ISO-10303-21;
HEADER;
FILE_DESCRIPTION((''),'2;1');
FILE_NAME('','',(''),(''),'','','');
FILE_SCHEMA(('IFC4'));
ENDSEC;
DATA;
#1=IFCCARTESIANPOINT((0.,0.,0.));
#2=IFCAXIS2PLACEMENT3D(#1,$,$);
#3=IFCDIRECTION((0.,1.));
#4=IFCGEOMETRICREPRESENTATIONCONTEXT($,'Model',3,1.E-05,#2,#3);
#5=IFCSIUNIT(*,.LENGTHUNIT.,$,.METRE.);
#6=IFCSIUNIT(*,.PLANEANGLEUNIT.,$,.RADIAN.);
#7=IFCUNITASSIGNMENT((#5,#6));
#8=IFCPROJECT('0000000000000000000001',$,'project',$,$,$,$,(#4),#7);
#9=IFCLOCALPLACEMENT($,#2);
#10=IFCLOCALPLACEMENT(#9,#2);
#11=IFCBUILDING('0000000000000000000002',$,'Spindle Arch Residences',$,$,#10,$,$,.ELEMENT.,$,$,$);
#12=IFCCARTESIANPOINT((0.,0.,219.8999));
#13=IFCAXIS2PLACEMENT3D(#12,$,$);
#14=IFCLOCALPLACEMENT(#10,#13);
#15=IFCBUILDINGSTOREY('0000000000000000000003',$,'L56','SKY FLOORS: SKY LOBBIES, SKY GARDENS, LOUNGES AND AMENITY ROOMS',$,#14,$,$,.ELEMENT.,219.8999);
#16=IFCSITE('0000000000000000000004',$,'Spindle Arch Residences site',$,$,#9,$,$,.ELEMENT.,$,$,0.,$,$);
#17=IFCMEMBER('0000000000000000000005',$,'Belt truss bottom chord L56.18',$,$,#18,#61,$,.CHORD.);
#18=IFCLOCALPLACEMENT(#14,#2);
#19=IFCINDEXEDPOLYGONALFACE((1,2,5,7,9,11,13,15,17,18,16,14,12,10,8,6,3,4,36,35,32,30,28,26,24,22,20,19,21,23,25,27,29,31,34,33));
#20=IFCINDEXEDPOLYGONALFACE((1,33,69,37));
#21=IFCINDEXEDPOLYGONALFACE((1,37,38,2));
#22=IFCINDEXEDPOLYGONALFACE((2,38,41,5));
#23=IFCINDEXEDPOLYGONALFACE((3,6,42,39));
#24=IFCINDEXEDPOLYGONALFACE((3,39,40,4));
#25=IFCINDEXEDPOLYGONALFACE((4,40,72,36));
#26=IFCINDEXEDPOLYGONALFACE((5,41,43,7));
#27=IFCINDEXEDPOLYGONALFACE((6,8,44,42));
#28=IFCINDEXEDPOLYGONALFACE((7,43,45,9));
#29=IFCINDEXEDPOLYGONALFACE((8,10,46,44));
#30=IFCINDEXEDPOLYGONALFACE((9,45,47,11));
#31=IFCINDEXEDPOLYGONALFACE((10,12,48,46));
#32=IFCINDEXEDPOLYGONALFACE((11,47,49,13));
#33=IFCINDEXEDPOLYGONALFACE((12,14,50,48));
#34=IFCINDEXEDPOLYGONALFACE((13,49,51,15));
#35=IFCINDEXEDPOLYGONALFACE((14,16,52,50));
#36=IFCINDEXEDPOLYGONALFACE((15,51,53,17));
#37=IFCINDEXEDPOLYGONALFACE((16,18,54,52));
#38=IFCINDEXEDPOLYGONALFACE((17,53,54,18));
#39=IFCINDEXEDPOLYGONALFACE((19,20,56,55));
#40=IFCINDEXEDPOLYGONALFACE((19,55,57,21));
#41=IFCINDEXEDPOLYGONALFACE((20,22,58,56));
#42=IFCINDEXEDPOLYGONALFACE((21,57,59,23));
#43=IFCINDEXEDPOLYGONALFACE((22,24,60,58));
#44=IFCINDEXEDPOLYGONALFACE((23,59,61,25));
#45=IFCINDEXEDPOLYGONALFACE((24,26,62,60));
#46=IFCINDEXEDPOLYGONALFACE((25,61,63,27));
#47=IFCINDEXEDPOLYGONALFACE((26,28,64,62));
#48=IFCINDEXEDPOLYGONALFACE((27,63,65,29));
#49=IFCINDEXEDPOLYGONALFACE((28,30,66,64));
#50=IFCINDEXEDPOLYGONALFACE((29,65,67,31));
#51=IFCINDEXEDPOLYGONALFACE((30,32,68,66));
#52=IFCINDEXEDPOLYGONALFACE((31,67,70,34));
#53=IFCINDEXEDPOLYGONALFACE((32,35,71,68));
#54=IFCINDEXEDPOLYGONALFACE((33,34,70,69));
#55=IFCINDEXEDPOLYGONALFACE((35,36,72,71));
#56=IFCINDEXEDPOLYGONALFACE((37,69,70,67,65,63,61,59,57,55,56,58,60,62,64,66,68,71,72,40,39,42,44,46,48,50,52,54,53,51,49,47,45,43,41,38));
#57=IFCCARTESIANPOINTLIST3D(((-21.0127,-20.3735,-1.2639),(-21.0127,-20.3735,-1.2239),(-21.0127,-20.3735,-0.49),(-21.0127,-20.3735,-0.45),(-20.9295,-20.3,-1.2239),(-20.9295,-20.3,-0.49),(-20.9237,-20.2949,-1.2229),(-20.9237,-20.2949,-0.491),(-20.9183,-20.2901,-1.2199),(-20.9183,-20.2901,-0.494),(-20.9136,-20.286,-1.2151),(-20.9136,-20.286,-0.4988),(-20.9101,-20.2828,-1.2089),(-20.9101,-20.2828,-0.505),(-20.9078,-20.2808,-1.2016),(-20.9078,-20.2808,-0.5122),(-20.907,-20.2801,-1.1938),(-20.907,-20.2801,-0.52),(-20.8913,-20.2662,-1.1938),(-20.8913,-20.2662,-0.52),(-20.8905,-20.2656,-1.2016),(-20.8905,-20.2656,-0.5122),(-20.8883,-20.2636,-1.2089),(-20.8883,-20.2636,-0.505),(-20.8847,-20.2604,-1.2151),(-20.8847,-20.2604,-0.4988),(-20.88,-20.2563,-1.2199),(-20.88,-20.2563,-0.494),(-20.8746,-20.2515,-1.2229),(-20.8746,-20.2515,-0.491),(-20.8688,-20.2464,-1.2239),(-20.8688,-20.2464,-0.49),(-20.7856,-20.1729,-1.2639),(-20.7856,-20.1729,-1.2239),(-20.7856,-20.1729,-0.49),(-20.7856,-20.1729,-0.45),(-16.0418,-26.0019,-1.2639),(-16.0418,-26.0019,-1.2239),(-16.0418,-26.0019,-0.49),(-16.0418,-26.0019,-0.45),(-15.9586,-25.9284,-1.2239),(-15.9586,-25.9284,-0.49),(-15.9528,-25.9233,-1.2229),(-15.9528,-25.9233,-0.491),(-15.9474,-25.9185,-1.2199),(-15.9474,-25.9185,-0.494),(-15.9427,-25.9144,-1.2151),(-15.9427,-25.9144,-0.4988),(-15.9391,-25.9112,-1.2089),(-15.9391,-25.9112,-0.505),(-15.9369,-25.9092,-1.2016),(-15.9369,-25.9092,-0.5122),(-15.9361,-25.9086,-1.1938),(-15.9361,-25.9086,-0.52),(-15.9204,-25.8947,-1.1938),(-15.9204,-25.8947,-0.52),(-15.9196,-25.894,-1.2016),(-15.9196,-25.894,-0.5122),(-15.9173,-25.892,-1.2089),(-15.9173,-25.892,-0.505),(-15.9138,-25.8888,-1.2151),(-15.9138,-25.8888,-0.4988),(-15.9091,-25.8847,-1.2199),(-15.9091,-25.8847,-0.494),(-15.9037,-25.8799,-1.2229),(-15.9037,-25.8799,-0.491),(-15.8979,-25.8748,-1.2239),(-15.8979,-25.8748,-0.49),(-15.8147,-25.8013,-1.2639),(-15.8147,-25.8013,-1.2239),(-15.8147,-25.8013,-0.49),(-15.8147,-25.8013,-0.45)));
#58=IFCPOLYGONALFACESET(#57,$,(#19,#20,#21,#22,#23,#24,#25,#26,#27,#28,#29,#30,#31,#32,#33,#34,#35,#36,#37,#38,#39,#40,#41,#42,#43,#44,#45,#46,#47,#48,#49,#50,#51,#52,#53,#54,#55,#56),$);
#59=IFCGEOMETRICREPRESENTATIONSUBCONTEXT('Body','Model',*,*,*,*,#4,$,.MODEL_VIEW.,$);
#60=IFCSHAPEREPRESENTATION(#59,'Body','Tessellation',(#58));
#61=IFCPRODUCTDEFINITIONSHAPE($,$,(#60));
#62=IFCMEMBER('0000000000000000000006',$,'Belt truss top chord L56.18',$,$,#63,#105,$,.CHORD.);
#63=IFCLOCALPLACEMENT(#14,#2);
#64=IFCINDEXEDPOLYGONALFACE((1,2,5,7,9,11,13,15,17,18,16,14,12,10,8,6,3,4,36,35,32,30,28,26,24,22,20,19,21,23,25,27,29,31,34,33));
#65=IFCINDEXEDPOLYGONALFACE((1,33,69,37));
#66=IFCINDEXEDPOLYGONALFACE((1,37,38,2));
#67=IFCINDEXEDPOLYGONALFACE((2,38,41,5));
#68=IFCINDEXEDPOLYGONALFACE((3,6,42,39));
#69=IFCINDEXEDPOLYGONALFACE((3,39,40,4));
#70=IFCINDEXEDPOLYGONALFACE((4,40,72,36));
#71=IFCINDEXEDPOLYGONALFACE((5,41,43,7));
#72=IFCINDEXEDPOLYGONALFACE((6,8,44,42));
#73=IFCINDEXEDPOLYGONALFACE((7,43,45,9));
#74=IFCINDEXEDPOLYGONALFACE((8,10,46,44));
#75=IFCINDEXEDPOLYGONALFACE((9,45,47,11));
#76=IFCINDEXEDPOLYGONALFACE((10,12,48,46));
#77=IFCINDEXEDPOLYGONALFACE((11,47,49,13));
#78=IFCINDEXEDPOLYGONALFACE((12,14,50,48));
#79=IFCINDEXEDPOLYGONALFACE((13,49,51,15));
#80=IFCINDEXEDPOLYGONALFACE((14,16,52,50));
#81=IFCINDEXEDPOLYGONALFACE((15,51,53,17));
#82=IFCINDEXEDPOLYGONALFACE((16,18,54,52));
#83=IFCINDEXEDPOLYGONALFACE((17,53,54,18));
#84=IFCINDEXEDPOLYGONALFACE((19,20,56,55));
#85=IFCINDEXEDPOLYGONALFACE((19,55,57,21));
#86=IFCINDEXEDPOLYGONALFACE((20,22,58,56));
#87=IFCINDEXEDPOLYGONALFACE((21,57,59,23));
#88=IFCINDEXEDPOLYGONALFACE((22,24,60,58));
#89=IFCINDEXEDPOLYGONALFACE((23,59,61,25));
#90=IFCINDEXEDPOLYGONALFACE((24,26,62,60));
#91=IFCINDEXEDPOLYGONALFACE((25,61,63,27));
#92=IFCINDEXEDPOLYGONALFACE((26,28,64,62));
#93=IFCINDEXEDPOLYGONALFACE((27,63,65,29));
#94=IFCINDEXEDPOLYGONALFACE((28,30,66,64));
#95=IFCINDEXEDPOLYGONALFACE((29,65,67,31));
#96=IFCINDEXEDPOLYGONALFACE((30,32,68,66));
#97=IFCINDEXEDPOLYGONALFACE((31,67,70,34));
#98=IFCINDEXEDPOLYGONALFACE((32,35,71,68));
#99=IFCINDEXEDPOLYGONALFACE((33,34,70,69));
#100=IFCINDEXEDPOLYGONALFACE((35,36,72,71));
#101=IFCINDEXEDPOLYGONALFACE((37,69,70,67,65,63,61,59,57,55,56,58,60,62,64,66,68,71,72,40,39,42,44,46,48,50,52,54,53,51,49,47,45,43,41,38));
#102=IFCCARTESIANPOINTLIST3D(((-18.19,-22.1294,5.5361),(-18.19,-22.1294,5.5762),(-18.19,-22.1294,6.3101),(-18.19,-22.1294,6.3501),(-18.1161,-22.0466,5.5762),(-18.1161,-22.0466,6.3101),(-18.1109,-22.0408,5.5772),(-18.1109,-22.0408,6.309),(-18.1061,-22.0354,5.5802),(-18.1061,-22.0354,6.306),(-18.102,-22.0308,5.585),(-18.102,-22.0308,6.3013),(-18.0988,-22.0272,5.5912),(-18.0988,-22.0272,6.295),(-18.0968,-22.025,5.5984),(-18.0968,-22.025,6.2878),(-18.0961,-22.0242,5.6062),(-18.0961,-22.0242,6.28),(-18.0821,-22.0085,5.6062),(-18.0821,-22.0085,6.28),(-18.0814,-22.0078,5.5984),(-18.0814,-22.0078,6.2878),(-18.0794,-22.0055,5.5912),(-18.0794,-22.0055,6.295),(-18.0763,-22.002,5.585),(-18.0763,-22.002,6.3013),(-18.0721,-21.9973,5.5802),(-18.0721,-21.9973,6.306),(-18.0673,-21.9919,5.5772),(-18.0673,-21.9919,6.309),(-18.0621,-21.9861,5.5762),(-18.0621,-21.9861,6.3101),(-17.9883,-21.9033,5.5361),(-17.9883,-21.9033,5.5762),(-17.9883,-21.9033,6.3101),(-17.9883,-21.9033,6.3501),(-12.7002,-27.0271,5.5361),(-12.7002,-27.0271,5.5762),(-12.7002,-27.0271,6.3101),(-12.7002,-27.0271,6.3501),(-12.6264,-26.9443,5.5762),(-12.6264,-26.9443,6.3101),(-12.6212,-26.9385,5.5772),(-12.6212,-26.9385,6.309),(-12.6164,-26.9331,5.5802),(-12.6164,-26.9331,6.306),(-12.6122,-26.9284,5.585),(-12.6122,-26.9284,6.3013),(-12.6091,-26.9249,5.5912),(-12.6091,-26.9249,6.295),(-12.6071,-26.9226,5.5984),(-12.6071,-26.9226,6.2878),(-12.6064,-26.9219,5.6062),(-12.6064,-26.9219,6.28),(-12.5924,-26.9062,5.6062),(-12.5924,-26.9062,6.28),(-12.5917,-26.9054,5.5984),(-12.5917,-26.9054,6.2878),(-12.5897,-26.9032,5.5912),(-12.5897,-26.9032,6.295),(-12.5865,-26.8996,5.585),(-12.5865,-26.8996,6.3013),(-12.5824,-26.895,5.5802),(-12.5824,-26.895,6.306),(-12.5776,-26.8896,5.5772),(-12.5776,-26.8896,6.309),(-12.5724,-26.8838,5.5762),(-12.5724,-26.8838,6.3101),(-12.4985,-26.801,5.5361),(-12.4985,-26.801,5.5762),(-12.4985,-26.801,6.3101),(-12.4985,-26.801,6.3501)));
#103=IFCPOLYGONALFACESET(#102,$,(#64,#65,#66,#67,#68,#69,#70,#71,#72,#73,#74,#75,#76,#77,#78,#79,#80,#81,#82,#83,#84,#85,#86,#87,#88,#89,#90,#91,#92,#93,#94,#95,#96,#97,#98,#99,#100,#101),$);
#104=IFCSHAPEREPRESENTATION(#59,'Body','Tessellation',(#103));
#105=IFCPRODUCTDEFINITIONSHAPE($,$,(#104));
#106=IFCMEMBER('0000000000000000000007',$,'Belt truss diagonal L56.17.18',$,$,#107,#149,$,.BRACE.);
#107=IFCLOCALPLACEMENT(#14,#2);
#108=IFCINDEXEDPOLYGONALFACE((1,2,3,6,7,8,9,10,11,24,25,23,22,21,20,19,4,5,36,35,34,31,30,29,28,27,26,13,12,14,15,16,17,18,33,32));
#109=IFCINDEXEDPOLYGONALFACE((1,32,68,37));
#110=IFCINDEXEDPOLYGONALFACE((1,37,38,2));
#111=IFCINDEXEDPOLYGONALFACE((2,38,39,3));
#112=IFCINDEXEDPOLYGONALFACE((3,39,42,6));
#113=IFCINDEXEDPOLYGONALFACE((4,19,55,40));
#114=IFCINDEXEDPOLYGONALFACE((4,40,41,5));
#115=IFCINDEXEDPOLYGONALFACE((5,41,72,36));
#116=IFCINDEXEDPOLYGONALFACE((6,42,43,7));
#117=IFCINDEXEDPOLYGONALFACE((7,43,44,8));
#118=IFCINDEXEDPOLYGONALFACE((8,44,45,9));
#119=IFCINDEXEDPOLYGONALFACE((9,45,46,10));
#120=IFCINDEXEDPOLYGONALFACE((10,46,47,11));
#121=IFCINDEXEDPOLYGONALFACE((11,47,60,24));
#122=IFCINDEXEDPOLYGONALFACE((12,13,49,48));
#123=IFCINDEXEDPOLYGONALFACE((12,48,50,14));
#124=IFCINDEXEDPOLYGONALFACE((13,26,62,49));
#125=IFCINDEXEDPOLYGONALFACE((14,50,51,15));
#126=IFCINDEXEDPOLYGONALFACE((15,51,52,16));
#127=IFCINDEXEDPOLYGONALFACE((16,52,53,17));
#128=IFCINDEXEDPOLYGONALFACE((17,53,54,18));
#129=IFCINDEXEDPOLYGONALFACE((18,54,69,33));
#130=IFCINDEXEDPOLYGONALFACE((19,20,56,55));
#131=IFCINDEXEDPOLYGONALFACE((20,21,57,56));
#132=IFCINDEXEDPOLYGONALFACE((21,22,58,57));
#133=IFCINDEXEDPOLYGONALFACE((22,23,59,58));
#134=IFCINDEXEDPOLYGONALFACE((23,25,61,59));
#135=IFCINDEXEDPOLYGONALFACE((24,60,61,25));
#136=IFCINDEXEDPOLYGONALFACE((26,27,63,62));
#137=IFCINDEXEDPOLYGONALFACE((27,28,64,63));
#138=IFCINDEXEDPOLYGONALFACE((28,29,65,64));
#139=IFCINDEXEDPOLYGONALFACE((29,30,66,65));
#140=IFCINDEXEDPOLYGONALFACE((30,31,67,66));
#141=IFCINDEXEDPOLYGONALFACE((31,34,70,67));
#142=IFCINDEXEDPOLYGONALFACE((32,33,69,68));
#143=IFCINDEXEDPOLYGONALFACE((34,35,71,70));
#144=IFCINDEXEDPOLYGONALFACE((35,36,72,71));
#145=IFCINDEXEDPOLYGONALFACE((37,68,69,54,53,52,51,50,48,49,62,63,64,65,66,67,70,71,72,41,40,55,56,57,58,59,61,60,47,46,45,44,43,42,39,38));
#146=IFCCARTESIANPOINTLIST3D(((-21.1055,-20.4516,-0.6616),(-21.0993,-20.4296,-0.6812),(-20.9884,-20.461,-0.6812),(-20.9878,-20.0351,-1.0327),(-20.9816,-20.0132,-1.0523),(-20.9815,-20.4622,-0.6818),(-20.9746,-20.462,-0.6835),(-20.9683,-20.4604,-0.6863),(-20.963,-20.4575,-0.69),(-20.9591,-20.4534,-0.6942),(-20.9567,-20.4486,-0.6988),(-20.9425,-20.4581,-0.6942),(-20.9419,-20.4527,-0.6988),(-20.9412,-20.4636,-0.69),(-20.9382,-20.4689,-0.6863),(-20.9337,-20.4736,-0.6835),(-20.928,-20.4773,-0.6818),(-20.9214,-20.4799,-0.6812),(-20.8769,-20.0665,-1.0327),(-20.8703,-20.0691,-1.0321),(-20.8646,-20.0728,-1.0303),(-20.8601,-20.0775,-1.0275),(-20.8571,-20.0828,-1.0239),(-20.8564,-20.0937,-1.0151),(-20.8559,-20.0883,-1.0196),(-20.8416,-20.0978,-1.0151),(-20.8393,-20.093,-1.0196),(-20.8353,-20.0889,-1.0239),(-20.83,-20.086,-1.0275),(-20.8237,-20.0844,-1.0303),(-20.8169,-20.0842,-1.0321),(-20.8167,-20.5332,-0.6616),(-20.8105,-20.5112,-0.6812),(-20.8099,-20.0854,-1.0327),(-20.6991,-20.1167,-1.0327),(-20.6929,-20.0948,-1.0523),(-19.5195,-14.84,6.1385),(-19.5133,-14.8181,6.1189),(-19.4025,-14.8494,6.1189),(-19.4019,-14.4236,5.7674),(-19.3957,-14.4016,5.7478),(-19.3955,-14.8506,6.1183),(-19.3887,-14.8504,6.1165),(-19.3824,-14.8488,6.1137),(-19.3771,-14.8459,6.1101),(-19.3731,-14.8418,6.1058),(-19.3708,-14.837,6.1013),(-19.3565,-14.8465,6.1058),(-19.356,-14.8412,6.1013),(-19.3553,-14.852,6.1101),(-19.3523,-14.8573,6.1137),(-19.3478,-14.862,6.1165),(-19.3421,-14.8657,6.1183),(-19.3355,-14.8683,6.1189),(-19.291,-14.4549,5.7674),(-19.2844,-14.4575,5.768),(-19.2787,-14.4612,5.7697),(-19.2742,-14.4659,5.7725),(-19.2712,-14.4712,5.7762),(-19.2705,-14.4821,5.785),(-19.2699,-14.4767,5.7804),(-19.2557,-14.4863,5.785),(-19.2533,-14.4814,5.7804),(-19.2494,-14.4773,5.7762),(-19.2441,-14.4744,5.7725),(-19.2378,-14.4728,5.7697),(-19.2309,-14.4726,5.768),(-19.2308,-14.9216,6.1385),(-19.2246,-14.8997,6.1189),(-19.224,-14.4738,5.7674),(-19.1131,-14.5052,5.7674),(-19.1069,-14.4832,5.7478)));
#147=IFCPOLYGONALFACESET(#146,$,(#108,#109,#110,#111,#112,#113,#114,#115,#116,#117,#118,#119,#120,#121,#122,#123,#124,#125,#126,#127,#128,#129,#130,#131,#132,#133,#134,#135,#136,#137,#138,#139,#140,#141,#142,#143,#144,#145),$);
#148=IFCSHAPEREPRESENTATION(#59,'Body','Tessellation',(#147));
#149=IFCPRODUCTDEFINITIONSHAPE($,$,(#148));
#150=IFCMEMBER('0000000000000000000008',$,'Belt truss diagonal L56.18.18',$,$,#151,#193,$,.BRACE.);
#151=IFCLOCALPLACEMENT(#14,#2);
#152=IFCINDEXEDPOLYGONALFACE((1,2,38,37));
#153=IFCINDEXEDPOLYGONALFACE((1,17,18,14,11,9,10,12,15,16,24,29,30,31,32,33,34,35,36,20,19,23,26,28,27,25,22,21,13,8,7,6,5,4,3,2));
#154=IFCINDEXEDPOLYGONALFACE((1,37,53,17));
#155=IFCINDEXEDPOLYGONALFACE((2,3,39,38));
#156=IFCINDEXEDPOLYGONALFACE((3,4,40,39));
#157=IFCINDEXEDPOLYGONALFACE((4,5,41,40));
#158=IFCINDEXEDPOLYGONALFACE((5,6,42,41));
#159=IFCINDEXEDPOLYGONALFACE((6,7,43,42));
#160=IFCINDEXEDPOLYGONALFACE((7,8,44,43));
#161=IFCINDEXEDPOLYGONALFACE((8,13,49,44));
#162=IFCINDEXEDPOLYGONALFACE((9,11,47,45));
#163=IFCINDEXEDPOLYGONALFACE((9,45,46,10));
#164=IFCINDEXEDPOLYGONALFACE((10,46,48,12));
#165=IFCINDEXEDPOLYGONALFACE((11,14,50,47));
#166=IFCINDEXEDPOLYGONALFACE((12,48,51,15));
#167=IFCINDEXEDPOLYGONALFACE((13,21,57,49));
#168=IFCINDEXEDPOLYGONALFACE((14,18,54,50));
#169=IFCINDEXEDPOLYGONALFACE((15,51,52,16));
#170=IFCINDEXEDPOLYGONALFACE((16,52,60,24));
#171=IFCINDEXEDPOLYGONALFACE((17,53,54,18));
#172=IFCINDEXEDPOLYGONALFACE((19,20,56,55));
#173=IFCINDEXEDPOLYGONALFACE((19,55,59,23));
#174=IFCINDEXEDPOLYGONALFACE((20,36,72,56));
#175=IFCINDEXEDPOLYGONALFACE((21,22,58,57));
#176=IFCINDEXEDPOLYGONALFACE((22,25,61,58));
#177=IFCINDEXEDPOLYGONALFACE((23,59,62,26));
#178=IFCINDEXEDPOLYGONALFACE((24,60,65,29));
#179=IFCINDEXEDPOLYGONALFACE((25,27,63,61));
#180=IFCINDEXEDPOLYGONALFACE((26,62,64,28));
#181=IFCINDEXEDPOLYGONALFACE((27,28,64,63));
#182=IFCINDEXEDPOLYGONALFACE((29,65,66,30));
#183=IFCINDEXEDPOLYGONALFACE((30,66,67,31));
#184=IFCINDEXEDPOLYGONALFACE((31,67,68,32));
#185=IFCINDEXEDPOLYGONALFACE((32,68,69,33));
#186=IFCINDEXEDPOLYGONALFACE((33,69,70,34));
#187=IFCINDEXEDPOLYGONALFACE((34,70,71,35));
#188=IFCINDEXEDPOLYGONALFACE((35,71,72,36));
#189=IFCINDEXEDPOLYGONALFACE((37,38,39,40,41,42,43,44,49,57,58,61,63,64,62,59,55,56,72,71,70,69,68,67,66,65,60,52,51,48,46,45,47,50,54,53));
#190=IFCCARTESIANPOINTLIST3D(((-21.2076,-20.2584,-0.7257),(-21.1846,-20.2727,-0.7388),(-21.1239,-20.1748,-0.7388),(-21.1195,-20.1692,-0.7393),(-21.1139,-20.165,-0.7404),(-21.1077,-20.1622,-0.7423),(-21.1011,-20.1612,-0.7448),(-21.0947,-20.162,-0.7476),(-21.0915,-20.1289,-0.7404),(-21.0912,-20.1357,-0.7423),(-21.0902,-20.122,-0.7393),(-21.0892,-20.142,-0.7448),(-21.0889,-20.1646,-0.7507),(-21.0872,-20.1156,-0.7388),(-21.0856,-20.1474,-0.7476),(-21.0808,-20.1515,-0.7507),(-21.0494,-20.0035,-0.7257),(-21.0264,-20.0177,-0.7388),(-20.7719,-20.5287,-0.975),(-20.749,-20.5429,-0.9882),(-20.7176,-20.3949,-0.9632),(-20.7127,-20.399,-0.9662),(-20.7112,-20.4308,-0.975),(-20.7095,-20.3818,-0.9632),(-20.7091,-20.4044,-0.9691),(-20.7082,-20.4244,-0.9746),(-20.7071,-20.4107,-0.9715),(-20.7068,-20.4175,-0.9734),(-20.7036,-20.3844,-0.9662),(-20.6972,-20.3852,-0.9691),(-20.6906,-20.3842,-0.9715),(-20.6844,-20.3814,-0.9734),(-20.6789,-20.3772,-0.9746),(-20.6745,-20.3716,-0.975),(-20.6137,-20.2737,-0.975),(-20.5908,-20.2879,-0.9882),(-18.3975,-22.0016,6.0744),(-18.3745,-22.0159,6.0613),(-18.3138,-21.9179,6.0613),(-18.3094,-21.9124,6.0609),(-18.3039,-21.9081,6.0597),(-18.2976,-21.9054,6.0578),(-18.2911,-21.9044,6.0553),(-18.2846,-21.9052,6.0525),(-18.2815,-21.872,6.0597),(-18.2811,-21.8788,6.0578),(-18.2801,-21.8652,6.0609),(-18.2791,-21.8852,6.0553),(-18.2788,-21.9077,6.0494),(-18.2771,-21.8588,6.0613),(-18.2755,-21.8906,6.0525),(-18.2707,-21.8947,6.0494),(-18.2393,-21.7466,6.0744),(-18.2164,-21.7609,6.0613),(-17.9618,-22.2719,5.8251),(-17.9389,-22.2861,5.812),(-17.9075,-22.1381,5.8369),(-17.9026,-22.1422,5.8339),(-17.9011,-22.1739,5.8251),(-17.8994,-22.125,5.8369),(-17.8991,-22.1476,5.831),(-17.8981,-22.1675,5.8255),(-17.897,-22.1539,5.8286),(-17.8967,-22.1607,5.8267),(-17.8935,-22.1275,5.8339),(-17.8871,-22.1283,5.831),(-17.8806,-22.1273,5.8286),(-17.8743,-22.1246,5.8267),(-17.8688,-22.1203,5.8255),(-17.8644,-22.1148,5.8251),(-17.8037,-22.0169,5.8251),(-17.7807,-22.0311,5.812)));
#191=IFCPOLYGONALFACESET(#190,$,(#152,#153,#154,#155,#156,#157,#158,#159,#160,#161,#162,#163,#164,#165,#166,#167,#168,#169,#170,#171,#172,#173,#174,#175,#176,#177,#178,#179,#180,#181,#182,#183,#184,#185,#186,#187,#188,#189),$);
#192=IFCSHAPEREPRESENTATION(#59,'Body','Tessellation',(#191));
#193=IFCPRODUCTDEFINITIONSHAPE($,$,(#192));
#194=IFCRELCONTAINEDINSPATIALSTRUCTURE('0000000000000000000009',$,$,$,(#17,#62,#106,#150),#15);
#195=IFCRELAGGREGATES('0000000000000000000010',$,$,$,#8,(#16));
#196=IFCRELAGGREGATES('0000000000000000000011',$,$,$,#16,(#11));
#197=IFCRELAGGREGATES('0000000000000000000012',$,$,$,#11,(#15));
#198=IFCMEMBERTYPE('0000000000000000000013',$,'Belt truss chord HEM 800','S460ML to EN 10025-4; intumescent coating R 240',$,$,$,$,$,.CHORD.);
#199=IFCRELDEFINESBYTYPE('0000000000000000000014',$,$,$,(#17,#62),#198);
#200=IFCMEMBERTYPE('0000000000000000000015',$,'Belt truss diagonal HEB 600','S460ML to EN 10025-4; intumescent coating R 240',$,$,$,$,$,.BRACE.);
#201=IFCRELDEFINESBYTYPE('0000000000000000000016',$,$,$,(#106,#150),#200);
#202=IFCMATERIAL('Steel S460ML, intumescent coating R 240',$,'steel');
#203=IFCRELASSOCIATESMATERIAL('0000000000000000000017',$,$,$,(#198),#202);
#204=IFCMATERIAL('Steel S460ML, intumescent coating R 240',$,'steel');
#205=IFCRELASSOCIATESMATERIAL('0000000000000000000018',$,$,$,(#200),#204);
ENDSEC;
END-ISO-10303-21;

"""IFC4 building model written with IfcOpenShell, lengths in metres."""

from ifc_helpers import new_model, si_unit, direction, frame, origin, origin_2d, place, context, subcontext, project, spatial, i_section, extrude, material, material_profile, profile_set, type_object, element, save


model = new_model("IFC4")

# Units and contexts
model_context = context("Model", 3, precision=1e-05, world=origin(), true_north=direction((0.0, 1.0)))
body_context = subcontext(model_context, "Body", "Model", "MODEL_VIEW")
ifc_project = project(units=[si_unit("LENGTHUNIT", "METRE"), si_unit("PLANEANGLEUNIT", "RADIAN")], contexts=[model_context])

# Site, building, storey
site_placement = place(None, origin())
site = spatial("IfcSite", under=ifc_project, at=site_placement, Name="Spindle Arch Residences site", CompositionType="ELEMENT", RefElevation=0.0)
building_placement = place(site_placement, origin())
building = spatial("IfcBuilding", under=site, at=building_placement, Name="Spindle Arch Residences", CompositionType="ELEMENT")
storey_placement = place(building_placement, frame((0.0, 0.0, 219.8999)))
storey = spatial("IfcBuildingStorey", under=building, at=storey_placement, Name="L56", Description="SKY FLOORS: SKY LOBBIES, SKY GARDENS, LOUNGES AND AMENITY ROOMS", CompositionType="ELEMENT", Elevation=219.8999)

# Members
ifc_material_1 = material(Name="Steel S460ML, intumescent coating R 240", Category="steel")
ifc_material_profile_1 = material_profile(ifc_material_1, i_section(OverallWidth=0.303, OverallDepth=0.814, WebThickness=0.021, FlangeThickness=0.04, FilletRadius=0.03, at=origin_2d()), Name="HEM 800")
ifc_profile_set_1 = profile_set([ifc_material_profile_1], Name="Steel S460ML, intumescent coating R 240")
member_type_1 = type_object("IfcMemberType", Name="Belt truss chord HEM 800", Description="S460ML to EN 10025-4; intumescent coating R 240", PredefinedType="CHORD", material=ifc_profile_set_1)
member_1_placement = place(storey_placement, frame((-20.8992, -20.2732, -0.8569), z_axis=(0.661973, -0.749528, 0.0), x_axis=(0.749528, 0.661973, 0.0)))
element("IfcMember", 1, at=member_1_placement, inside=storey, type_object=member_type_1, Name="Belt truss bottom chord L56.18", PredefinedType="CHORD", context=body_context, shape_type="SweptSolid", body=[
    extrude(i_section(OverallWidth=0.303, OverallDepth=0.814, WebThickness=0.021, FlangeThickness=0.04, FilletRadius=0.03, at=origin_2d()), origin(), (0.0, 0.0, 1.0), 7.5093),
])
member_2_placement = place(storey_placement, frame((-18.0891, -22.0164, 5.9431), z_axis=(0.746198, -0.665724, 0.0), x_axis=(0.665724, 0.746198, 0.0)))
element("IfcMember", 2, at=member_2_placement, inside=storey, type_object=member_type_1, Name="Belt truss top chord L56.18", PredefinedType="CHORD", context=body_context, shape_type="SweptSolid", body=[
    extrude(i_section(OverallWidth=0.303, OverallDepth=0.814, WebThickness=0.021, FlangeThickness=0.04, FilletRadius=0.03, at=origin_2d()), origin(), (0.0, 0.0, 1.0), 7.3569),
])
ifc_material_2 = material(Name="Steel S460ML, intumescent coating R 240", Category="steel")
ifc_material_profile_2 = material_profile(ifc_material_2, i_section(OverallWidth=0.3, OverallDepth=0.6001, WebThickness=0.0154, FlangeThickness=0.03, FilletRadius=0.0271, at=origin_2d()), Name="HEB 600")
ifc_profile_set_2 = profile_set([ifc_material_profile_2], Name="Steel S460ML, intumescent coating R 240")
member_type_2 = type_object("IfcMemberType", Name="Belt truss diagonal HEB 600", Description="S460ML to EN 10025-4; intumescent coating R 240", PredefinedType="BRACE", material=ifc_profile_set_2)
member_3_placement = place(storey_placement, frame((-20.8992, -20.2732, -0.8569), z_axis=(0.177042, 0.626432, 0.759104), x_axis=(-0.962307, 0.271966, 0.0)))
element("IfcMember", 3, at=member_3_placement, inside=storey, type_object=member_type_2, Name="Belt truss diagonal L56.17.18", PredefinedType="BRACE", context=body_context, shape_type="SweptSolid", body=[
    extrude(i_section(OverallWidth=0.3, OverallDepth=0.6001, WebThickness=0.0154, FlangeThickness=0.03, FilletRadius=0.0271, at=origin_2d()), origin(), (0.0, 0.0, 1.0), 8.958),
])
member_4_placement = place(storey_placement, frame((-20.8992, -20.2732, -0.8569), z_axis=(0.371629, -0.230533, 0.899303), x_axis=(0.527142, 0.849777, 0.0)))
element("IfcMember", 4, at=member_4_placement, inside=storey, type_object=member_type_2, Name="Belt truss diagonal L56.18.18", PredefinedType="BRACE", context=body_context, shape_type="SweptSolid", body=[
    extrude(i_section(OverallWidth=0.3, OverallDepth=0.6001, WebThickness=0.0154, FlangeThickness=0.03, FilletRadius=0.0271, at=origin_2d()), origin(), (0.0, 0.0, 1.0), 7.5615),
])

save(model, "model.ifc")
